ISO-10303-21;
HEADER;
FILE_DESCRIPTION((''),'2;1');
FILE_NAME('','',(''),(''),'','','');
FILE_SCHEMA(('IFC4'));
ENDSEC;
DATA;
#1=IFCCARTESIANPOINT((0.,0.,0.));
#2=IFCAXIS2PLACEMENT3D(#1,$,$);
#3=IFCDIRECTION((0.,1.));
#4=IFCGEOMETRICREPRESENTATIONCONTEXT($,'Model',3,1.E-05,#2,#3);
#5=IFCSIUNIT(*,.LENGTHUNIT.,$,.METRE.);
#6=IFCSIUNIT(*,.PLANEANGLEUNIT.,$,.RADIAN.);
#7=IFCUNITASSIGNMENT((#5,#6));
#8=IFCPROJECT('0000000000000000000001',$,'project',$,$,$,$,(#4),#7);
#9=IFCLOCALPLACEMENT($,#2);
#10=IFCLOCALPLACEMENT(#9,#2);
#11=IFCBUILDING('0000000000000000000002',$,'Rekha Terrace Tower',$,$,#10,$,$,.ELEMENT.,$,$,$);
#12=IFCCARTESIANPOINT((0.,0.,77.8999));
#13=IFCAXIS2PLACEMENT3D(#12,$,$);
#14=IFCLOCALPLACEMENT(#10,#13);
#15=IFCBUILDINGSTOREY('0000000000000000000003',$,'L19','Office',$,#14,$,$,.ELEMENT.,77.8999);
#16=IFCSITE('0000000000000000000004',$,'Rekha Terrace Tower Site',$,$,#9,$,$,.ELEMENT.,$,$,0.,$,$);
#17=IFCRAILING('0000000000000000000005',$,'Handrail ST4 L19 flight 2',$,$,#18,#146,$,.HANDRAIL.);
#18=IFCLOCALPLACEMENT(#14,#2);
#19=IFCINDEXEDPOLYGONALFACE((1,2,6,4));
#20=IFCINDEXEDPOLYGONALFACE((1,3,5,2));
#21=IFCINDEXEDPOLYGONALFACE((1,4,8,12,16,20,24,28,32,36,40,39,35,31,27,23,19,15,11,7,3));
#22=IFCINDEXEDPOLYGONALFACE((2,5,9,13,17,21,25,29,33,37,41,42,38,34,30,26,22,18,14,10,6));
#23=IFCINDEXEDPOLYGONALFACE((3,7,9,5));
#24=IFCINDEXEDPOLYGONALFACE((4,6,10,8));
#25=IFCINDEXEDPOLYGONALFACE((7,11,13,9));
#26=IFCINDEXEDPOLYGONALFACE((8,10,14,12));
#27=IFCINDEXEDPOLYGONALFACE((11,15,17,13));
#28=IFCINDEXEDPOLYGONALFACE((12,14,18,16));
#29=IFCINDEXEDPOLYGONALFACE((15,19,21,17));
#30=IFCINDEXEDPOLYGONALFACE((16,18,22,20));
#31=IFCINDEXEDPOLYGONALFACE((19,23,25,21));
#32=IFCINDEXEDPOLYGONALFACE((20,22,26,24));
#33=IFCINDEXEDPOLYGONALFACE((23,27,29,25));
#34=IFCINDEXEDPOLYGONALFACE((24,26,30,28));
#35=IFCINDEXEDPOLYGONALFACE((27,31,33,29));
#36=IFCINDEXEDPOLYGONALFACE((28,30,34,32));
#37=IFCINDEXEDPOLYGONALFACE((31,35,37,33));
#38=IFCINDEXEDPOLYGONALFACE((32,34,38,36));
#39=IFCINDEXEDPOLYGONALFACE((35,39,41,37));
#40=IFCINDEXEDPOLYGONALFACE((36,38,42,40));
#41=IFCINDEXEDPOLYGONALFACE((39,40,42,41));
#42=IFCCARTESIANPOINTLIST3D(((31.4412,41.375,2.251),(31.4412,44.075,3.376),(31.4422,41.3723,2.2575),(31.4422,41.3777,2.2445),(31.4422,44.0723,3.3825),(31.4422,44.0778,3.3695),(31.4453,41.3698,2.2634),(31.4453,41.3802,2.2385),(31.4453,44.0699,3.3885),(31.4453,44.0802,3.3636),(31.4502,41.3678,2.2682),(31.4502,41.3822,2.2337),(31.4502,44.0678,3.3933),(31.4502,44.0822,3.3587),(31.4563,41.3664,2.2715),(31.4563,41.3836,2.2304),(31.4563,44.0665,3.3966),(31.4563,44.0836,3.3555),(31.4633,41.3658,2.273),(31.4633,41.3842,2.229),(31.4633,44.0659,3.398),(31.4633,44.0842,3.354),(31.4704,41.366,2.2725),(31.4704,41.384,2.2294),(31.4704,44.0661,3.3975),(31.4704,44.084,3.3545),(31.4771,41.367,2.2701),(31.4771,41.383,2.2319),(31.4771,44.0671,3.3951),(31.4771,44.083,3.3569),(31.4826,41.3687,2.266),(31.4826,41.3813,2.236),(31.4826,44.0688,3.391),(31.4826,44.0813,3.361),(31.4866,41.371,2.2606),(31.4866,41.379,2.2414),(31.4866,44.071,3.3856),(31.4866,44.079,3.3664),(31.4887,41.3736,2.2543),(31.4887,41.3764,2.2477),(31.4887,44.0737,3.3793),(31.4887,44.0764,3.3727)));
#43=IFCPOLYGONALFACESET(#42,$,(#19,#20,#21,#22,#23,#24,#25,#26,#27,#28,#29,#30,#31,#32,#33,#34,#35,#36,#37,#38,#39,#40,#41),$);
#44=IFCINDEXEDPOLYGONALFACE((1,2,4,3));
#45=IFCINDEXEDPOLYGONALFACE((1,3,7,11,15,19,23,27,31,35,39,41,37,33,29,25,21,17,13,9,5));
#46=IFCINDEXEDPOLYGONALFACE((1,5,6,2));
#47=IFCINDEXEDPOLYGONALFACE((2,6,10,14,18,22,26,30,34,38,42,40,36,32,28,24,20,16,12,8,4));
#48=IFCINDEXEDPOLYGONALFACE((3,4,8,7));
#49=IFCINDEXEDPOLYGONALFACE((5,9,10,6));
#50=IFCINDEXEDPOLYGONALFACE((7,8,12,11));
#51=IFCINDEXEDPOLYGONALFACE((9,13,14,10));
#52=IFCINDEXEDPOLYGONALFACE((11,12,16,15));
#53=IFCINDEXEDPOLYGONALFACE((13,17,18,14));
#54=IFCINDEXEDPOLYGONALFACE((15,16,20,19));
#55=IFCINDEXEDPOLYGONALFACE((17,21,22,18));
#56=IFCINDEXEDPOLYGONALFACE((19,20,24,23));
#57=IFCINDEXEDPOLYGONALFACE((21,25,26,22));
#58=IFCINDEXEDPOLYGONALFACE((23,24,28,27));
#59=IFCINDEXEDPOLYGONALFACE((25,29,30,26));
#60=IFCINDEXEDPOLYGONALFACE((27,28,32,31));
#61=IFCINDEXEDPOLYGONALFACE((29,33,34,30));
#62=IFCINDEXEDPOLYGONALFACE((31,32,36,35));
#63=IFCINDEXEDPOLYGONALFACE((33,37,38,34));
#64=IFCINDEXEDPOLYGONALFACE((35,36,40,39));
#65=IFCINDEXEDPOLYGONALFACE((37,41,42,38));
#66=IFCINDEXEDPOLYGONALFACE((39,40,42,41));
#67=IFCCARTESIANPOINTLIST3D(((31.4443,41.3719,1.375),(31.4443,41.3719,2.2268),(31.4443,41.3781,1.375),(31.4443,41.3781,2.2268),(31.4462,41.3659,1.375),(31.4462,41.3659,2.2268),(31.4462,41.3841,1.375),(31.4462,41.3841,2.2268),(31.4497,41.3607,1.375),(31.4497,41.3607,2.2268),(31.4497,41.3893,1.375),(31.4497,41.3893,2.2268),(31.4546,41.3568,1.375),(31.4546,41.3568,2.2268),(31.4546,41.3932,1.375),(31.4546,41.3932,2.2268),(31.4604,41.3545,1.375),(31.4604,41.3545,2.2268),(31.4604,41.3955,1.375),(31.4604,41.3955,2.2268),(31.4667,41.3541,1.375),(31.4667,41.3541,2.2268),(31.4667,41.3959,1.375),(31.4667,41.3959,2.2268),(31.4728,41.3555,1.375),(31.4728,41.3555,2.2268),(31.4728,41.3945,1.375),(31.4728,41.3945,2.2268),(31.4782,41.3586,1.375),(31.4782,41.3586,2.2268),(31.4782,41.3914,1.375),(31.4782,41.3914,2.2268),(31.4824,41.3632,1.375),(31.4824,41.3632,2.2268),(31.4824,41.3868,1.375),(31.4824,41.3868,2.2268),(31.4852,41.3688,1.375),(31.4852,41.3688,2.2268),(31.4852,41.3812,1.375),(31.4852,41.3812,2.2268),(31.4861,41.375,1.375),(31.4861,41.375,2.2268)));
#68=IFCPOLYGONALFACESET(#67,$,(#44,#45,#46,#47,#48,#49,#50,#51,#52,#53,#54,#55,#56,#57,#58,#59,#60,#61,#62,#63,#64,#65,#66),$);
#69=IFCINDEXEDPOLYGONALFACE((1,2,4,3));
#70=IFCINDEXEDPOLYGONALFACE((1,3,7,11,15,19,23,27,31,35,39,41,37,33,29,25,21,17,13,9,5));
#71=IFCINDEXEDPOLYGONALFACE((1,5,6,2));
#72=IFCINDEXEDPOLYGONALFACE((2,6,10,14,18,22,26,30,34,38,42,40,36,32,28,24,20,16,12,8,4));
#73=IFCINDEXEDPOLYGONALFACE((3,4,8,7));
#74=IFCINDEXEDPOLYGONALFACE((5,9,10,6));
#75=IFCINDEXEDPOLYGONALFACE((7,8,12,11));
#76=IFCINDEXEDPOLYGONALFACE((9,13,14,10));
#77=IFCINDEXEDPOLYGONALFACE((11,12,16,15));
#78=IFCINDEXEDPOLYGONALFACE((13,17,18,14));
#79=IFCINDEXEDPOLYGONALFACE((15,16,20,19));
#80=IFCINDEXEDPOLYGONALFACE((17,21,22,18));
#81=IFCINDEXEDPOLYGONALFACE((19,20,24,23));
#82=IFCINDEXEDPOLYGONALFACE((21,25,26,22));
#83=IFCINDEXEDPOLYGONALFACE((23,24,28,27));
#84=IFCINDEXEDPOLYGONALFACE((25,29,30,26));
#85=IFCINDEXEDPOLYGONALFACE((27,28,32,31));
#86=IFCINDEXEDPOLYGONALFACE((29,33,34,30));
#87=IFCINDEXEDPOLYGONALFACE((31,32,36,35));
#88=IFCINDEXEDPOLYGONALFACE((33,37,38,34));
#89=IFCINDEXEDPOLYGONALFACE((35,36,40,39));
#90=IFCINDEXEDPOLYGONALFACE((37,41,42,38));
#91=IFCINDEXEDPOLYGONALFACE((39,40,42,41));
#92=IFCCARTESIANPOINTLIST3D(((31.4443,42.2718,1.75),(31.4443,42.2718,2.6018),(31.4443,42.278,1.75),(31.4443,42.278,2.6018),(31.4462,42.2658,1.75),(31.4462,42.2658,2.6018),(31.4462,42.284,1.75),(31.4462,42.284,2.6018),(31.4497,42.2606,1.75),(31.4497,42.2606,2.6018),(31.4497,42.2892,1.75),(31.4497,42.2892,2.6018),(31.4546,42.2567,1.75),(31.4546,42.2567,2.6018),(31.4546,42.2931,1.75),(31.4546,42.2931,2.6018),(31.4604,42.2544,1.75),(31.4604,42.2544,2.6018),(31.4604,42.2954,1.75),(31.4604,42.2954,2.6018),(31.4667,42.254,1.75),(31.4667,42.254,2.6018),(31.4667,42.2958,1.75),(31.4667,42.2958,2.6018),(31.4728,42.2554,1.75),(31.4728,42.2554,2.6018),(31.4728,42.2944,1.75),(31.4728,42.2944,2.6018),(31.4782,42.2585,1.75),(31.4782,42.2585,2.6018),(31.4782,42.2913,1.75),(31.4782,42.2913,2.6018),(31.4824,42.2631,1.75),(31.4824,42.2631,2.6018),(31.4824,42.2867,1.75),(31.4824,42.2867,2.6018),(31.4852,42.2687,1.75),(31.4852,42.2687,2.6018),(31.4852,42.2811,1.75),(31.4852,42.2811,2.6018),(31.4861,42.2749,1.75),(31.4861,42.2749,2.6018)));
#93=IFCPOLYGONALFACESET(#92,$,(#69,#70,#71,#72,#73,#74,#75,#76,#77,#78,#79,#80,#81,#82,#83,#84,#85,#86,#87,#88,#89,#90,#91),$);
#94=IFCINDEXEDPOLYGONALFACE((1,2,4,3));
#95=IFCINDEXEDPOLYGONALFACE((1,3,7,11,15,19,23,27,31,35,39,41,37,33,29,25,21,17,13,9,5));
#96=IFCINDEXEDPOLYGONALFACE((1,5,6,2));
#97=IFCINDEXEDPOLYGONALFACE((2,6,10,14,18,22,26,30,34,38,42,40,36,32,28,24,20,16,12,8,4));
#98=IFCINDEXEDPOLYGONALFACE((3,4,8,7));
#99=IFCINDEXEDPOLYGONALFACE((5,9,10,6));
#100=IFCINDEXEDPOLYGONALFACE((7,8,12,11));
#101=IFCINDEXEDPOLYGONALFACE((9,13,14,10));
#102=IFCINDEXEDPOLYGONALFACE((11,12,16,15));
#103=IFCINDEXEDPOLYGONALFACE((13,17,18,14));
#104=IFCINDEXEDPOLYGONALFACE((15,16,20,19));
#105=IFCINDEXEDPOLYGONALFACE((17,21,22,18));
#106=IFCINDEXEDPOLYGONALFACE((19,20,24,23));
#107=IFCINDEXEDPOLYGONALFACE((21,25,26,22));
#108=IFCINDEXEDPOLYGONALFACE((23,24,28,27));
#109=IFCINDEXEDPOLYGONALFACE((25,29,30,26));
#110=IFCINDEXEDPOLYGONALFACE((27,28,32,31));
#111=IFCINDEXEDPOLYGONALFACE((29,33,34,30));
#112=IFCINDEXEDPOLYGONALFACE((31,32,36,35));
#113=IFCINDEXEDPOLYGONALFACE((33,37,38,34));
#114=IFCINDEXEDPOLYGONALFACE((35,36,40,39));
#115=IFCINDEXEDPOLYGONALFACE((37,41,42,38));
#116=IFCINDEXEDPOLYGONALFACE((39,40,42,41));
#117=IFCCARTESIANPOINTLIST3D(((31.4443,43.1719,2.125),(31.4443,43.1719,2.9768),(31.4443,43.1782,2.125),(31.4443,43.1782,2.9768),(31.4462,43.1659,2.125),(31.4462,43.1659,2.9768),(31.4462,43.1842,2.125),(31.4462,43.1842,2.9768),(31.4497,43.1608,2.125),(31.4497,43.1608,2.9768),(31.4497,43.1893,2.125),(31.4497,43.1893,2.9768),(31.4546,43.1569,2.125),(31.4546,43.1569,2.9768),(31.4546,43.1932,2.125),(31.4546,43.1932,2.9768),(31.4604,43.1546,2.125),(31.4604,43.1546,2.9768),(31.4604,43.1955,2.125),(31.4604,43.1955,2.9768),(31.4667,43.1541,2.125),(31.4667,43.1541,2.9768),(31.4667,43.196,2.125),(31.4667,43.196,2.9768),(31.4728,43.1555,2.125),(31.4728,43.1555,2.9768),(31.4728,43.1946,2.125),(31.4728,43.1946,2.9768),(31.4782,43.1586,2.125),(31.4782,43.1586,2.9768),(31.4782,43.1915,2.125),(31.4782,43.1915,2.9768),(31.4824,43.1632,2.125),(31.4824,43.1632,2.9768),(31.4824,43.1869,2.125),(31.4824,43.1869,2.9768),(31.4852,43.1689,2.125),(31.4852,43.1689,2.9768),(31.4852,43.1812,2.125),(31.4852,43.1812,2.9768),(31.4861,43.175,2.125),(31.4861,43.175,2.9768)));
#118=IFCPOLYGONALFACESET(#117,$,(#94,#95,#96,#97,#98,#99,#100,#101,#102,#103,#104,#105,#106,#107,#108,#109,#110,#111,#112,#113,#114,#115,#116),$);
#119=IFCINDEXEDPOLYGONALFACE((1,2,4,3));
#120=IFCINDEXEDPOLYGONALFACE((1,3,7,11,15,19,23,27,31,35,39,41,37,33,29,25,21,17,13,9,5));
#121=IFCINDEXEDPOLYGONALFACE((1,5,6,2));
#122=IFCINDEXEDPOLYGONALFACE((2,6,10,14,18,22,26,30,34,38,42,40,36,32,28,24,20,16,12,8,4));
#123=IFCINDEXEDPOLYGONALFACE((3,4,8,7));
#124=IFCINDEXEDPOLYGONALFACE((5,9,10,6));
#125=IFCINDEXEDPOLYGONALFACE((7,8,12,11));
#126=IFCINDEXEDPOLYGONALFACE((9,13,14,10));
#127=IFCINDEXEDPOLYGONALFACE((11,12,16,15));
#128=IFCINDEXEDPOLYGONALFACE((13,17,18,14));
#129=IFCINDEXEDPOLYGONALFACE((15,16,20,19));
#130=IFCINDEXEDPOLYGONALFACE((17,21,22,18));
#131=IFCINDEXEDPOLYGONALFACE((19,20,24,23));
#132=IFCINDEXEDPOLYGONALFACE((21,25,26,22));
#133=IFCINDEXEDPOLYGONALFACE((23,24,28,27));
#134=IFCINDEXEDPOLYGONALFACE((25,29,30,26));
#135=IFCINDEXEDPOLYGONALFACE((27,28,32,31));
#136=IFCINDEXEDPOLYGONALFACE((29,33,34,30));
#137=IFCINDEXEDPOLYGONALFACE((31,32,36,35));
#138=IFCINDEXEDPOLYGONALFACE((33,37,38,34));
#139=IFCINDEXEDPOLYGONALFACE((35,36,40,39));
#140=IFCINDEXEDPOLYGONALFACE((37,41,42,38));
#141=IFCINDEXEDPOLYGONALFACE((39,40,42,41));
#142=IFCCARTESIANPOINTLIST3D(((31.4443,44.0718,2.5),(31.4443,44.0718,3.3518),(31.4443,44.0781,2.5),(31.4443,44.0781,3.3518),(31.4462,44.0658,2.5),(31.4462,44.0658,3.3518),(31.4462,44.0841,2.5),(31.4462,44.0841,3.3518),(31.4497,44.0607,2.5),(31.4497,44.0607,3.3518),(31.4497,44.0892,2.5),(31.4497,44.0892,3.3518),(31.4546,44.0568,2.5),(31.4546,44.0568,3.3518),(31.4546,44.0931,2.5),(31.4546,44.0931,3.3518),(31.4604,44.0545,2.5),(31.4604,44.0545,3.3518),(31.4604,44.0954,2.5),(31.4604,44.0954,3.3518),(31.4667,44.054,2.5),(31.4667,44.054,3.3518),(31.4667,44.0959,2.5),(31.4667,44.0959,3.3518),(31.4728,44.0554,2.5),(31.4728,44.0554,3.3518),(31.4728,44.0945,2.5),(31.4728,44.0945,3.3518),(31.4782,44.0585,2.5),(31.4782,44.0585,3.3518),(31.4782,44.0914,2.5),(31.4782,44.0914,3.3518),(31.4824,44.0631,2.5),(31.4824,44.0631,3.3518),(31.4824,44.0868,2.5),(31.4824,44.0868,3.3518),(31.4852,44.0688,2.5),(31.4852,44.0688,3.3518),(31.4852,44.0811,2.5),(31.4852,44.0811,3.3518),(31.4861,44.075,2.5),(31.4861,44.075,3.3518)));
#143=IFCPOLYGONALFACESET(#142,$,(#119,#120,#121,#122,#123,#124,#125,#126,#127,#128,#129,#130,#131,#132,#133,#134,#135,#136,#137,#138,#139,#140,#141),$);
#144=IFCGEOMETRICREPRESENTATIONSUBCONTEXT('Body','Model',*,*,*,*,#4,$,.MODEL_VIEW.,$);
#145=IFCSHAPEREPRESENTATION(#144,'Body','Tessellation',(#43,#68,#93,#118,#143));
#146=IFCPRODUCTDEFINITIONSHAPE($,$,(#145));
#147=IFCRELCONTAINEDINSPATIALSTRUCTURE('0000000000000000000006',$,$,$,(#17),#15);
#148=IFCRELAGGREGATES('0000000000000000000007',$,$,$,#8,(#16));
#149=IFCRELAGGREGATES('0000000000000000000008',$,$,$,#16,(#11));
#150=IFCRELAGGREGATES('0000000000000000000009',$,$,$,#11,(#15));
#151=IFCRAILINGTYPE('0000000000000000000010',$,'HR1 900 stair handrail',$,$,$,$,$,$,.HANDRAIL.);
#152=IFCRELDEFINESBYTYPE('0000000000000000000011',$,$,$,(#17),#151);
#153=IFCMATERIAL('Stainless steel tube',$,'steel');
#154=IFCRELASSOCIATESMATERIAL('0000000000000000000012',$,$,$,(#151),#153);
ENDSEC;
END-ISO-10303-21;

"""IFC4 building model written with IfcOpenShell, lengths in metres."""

from ifc_helpers import new_model, si_unit, direction, frame, origin, origin_2d, place, context, subcontext, project, spatial, circle, extrude, material, type_object, element, save


model = new_model("IFC4")

# Units and contexts
model_context = context("Model", 3, precision=1e-05, world=origin(), true_north=direction((0.0, 1.0)))
body_context = subcontext(model_context, "Body", "Model", "MODEL_VIEW")
ifc_project = project(units=[si_unit("LENGTHUNIT", "METRE"), si_unit("PLANEANGLEUNIT", "RADIAN")], contexts=[model_context])

# Site, building, storey
site_placement = place(None, origin())
site = spatial("IfcSite", under=ifc_project, at=site_placement, Name="Rekha Terrace Tower Site", CompositionType="ELEMENT", RefElevation=0.0)
building_placement = place(site_placement, origin())
building = spatial("IfcBuilding", under=site, at=building_placement, Name="Rekha Terrace Tower", CompositionType="ELEMENT")
storey_placement = place(building_placement, frame((0.0, 0.0, 77.8999)))
storey = spatial("IfcBuildingStorey", under=building, at=storey_placement, Name="L19", Description="Office", CompositionType="ELEMENT", Elevation=77.8999)

# Railing
ifc_material_1 = material(Name="Stainless steel tube", Category="steel")
railing_type_1 = type_object("IfcRailingType", Name="HR1 900 stair handrail", PredefinedType="HANDRAIL", material=ifc_material_1)
railing_1_placement = place(storey_placement, frame((31.4651, 41.375, 1.375)))
element("IfcRailing", 1, at=railing_1_placement, inside=storey, type_object=railing_type_1, Name="Handrail ST4 L19 flight 2", PredefinedType="HANDRAIL", context=body_context, shape_type="SweptSolid", body=[
    extrude(circle(Radius=0.0239, at=origin_2d()), frame((0.0, 0.0, 0.876), z_axis=(0.0, 0.923074, 0.384621), x_axis=(-1.0, 0.0, 0.0)), (0.0, 0.0, 1.0), 2.925),
    extrude(circle(Radius=0.021, at=origin_2d()), origin(), (0.0, 0.0, 1.0), 0.8518),
    extrude(circle(Radius=0.021, at=origin_2d()), frame((0.0, 0.8999, 0.375)), (0.0, 0.0, 1.0), 0.8518),
    extrude(circle(Radius=0.021, at=origin_2d()), frame((0.0, 1.8, 0.75)), (0.0, 0.0, 1.0), 0.8518),
    extrude(circle(Radius=0.021, at=origin_2d()), frame((0.0, 2.7, 1.125)), (0.0, 0.0, 1.0), 0.8518),
])

save(model, "model.ifc")
